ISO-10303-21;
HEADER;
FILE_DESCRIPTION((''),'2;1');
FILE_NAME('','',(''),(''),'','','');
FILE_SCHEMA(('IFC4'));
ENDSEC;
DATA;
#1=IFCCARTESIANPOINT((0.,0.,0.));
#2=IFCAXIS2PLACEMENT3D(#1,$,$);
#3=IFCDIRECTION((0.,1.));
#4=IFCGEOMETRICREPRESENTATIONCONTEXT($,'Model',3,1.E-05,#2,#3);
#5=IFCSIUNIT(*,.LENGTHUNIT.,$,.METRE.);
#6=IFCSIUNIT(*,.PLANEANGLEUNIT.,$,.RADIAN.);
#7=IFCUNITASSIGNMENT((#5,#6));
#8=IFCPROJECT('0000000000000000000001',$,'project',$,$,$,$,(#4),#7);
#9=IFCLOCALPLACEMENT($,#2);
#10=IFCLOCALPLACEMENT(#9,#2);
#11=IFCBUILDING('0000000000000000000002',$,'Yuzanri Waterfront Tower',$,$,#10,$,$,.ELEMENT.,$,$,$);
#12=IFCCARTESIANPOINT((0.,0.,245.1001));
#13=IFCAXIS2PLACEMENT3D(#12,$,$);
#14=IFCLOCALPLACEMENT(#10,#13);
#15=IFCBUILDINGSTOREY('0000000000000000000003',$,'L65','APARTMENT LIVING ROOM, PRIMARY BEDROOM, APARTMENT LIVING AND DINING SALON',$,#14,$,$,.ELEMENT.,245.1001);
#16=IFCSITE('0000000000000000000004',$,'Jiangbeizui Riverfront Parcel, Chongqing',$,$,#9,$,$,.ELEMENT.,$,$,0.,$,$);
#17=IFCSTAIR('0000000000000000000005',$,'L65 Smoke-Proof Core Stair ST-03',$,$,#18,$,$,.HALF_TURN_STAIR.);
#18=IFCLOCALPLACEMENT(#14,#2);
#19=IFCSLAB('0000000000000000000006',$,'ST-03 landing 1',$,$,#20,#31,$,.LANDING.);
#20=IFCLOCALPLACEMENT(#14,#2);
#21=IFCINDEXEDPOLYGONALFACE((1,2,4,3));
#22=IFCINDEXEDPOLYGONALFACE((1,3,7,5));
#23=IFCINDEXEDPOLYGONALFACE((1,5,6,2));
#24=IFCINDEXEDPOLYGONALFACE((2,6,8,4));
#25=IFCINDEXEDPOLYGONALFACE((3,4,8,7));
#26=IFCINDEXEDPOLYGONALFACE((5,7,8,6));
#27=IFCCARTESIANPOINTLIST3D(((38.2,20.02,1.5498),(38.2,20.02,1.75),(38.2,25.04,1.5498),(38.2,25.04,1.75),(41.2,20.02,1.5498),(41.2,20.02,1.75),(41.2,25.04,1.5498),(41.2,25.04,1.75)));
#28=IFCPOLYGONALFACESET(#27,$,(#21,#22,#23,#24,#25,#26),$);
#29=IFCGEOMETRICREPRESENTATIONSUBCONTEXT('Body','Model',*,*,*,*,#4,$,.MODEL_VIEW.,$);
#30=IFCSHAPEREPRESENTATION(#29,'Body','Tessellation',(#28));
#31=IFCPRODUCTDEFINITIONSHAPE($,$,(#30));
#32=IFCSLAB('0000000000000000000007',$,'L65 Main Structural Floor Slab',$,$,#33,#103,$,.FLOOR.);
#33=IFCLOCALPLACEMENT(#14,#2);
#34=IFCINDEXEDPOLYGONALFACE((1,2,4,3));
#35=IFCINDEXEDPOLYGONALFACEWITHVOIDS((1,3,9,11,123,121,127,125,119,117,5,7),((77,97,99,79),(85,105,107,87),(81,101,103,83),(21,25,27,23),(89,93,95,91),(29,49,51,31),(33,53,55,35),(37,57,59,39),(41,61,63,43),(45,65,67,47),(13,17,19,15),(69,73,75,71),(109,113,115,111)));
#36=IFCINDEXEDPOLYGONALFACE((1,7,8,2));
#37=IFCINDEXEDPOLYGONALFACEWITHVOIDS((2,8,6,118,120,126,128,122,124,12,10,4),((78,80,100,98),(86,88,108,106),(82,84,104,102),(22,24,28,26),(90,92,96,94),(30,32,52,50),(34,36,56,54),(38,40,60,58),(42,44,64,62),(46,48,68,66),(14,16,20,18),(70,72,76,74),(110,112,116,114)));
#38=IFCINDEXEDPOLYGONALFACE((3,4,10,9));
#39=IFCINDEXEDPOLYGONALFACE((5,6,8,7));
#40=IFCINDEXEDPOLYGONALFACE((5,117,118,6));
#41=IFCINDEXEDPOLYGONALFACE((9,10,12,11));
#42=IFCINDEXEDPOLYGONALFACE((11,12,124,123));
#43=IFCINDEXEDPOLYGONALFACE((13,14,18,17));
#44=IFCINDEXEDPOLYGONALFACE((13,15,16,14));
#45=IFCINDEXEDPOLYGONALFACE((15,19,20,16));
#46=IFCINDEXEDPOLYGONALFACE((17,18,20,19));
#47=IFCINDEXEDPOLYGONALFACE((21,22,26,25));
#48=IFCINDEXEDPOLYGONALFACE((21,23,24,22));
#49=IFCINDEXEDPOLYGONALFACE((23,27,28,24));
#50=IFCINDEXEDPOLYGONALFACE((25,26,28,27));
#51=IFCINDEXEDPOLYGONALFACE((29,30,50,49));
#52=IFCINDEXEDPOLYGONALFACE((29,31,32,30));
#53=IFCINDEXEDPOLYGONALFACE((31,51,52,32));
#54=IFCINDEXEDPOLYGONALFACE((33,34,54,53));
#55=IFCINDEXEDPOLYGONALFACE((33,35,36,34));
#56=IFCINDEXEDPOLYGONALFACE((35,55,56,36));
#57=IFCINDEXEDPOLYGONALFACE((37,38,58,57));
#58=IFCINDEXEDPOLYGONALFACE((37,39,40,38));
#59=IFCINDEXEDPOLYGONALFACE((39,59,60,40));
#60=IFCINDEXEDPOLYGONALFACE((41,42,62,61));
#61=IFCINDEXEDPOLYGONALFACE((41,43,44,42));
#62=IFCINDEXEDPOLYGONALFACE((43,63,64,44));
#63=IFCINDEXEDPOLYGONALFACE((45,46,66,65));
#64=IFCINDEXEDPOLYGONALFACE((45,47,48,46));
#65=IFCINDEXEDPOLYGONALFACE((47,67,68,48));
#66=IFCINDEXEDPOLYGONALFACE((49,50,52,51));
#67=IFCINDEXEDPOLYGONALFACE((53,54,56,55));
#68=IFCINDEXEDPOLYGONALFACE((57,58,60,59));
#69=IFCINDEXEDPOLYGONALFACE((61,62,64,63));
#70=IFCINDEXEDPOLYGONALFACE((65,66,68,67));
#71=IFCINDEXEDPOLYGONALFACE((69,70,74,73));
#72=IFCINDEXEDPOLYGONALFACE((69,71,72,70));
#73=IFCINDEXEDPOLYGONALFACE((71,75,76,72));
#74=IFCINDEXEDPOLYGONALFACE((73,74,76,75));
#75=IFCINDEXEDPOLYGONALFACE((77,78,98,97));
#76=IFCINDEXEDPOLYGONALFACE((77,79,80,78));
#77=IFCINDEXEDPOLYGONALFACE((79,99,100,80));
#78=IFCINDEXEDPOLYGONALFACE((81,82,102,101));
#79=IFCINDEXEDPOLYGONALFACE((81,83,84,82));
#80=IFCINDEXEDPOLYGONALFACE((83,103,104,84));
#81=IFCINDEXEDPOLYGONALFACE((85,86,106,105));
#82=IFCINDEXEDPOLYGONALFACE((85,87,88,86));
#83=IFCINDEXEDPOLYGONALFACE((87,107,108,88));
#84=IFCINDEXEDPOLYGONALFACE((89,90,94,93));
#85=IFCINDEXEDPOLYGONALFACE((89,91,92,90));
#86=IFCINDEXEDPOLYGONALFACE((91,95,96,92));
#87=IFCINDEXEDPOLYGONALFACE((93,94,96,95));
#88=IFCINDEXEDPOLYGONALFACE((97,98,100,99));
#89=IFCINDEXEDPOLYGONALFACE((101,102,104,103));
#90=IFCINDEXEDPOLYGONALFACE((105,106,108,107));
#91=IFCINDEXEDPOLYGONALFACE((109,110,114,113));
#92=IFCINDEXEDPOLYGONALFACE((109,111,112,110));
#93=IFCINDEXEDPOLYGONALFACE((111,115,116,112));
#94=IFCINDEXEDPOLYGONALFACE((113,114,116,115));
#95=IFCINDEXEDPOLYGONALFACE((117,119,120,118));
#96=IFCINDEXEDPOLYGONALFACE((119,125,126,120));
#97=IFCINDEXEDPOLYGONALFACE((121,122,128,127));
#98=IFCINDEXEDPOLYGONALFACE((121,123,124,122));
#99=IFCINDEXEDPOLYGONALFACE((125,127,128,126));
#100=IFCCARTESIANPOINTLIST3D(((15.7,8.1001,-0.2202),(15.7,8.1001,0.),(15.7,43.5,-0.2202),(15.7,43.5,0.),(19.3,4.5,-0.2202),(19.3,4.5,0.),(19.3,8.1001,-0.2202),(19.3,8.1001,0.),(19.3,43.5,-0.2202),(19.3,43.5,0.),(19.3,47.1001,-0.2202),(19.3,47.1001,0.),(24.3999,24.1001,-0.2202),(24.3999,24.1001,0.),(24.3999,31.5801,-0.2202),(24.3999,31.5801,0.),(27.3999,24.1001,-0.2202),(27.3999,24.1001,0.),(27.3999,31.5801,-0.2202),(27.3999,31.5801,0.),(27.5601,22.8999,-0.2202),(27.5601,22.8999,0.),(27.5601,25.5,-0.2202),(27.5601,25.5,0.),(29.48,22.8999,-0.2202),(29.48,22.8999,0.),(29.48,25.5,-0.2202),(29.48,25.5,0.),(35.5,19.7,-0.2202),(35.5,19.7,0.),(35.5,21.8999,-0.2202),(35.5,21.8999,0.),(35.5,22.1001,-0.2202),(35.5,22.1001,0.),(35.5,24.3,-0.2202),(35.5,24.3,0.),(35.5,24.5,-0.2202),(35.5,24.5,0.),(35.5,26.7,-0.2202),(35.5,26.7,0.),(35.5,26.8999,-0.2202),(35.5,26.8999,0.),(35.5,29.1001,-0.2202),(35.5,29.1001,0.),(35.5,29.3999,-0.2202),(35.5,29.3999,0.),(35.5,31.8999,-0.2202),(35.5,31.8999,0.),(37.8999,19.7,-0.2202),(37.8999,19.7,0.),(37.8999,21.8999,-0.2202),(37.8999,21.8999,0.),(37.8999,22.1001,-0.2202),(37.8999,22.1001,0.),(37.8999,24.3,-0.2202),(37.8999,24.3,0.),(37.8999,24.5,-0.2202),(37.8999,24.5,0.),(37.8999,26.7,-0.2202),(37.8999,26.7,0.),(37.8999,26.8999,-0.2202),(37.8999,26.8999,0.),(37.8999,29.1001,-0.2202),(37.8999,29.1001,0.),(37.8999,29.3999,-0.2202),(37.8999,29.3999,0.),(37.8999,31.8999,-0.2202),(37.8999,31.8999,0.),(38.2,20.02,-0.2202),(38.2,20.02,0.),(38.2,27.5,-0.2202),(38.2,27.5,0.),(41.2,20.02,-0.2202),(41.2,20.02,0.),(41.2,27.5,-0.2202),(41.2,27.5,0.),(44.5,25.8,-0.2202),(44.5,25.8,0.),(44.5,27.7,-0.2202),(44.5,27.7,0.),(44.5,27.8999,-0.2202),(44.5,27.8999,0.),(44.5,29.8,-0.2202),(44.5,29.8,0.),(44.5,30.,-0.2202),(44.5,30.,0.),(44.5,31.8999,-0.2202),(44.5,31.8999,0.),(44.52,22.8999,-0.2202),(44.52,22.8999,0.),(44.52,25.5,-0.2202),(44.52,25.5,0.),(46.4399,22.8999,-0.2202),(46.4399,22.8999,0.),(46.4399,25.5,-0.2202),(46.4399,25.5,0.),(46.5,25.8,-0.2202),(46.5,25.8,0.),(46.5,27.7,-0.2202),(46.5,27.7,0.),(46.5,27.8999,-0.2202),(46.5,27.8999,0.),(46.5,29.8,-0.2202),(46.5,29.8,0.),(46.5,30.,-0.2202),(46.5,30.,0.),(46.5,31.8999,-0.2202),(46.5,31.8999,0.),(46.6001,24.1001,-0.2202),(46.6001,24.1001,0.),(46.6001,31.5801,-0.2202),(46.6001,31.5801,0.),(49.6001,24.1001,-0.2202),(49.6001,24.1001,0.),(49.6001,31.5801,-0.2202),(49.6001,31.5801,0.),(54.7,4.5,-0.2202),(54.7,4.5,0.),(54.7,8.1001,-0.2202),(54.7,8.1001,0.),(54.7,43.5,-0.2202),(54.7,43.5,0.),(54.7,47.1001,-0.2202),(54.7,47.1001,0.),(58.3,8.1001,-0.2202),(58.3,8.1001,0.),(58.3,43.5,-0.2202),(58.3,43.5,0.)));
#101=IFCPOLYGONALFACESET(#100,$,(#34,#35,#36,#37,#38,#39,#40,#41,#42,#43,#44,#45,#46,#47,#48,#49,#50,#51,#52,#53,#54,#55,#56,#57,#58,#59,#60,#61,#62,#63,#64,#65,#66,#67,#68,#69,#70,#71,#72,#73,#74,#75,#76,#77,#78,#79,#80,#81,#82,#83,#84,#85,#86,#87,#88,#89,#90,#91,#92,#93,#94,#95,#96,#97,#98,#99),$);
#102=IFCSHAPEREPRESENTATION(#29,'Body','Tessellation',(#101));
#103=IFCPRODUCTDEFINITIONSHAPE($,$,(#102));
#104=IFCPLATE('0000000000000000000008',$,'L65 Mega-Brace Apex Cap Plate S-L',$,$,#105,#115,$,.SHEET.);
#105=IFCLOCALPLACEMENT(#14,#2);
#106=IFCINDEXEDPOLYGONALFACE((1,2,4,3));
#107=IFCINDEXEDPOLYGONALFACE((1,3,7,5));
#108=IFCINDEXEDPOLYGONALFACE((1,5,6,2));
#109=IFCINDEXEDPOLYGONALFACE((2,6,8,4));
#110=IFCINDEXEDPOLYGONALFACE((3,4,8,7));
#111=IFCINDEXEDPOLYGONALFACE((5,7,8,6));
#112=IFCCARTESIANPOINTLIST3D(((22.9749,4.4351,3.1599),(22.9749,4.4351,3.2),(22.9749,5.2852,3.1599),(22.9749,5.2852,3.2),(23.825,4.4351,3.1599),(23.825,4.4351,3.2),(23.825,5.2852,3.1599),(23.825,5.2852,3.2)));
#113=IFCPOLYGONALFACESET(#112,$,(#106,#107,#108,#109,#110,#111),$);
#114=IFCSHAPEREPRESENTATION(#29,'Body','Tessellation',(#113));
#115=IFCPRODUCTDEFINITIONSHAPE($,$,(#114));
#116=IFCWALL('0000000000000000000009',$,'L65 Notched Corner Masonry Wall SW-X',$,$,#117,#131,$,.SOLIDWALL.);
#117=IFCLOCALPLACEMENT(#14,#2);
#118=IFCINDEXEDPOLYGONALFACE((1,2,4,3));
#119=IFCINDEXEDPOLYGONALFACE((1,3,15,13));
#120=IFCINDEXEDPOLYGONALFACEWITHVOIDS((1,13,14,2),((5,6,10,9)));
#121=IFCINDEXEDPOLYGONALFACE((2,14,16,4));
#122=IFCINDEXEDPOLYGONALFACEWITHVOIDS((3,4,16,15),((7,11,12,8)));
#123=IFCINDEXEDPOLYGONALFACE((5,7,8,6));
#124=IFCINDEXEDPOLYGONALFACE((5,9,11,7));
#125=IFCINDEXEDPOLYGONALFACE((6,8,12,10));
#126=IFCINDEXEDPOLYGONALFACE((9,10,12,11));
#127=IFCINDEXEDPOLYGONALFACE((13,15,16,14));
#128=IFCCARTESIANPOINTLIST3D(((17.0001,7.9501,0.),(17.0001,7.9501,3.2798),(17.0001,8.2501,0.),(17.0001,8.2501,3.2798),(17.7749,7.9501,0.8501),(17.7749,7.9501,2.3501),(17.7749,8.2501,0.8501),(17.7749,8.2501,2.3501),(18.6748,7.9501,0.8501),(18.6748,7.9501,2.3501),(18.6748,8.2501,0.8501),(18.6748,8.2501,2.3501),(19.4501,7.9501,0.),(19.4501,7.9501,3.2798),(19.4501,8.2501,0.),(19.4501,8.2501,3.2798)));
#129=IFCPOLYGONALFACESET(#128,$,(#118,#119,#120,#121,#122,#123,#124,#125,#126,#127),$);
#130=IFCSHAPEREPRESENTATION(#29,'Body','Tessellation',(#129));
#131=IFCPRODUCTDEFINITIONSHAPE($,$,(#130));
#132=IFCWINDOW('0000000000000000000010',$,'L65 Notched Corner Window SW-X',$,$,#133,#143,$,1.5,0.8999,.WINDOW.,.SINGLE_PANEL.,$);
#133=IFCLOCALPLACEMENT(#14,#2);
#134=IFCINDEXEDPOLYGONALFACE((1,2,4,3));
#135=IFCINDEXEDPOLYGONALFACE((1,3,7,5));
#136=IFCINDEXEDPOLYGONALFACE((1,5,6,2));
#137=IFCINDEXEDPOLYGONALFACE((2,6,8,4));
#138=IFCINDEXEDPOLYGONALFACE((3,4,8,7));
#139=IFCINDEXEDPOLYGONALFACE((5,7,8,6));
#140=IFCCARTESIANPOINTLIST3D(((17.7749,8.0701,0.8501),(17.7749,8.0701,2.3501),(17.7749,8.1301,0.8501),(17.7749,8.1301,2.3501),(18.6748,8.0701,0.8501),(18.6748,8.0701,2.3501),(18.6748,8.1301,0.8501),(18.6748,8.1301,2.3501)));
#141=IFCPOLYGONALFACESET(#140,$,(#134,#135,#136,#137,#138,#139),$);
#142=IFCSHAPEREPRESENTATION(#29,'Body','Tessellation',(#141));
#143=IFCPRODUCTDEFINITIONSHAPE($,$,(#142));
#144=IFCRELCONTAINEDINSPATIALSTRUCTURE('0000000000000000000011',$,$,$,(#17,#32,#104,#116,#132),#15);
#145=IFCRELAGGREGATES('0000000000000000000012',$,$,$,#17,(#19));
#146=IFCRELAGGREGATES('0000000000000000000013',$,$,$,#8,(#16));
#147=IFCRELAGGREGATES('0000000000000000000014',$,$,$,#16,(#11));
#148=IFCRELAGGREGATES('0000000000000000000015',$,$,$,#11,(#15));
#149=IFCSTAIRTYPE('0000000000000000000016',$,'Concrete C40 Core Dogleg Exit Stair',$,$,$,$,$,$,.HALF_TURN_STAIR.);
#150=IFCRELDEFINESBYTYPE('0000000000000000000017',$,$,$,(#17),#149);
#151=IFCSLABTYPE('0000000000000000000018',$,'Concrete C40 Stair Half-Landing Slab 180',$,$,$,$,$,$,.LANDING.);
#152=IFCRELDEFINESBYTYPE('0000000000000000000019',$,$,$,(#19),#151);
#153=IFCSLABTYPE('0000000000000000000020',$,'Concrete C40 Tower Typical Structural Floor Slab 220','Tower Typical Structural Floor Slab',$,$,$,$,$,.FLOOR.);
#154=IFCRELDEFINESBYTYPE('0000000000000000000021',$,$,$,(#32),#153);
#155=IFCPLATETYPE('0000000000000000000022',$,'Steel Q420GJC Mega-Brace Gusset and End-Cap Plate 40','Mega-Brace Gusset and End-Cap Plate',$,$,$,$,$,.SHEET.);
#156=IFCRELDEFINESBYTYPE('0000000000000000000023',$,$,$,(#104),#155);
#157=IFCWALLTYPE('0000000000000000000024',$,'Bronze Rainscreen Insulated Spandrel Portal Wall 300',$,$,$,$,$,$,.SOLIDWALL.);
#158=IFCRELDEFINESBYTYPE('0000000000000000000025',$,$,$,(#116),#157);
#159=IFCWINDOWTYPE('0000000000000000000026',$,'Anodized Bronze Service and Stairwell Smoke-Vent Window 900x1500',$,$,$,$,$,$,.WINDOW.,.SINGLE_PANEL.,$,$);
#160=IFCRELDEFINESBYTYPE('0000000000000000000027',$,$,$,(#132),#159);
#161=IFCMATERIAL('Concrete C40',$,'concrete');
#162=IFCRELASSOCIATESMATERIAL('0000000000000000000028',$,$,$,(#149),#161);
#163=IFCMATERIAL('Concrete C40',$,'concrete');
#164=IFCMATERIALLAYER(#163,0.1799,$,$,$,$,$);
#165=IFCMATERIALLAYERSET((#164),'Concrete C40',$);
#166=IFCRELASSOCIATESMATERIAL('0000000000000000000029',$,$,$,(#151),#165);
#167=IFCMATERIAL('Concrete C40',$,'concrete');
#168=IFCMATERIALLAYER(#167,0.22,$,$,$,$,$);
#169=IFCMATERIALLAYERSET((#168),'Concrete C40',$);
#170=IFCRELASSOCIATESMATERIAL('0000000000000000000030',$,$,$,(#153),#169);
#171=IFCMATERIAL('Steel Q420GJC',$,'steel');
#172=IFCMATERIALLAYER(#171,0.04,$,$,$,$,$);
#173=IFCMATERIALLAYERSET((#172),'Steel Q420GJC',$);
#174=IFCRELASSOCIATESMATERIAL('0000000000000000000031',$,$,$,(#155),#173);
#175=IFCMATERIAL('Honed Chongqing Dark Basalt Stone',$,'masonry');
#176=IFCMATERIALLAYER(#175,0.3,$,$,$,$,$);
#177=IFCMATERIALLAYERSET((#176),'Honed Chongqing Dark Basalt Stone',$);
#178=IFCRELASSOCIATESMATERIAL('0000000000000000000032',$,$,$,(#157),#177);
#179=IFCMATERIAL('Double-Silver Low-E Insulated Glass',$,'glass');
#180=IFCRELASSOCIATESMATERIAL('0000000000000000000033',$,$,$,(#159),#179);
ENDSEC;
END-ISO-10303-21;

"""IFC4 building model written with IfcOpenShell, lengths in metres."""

from ifc_helpers import new_model, si_unit, direction, frame, frame_2d, origin, origin_2d, place, context, subcontext, project, spatial, polyline, rectangle, outline, extrude, source, transform, mapped, material, layer, layer_set, type_object, element, fill, aggregate, save


model = new_model("IFC4")

# Units and contexts
model_context = context("Model", 3, precision=1e-05, world=origin(), true_north=direction((0.0, 1.0)))
body_context = subcontext(model_context, "Body", "Model", "MODEL_VIEW")
ifc_project = project(units=[si_unit("LENGTHUNIT", "METRE"), si_unit("PLANEANGLEUNIT", "RADIAN")], contexts=[model_context])

# Site, building, storey
site_placement = place(None, origin())
site = spatial("IfcSite", under=ifc_project, at=site_placement, Name="Jiangbeizui Riverfront Parcel, Chongqing", CompositionType="ELEMENT", RefElevation=0.0)
building_placement = place(site_placement, origin())
building = spatial("IfcBuilding", under=site, at=building_placement, Name="Yuzanri Waterfront Tower", CompositionType="ELEMENT")
storey_placement = place(building_placement, frame((0.0, 0.0, 245.1001)))
storey = spatial("IfcBuildingStorey", under=building, at=storey_placement, Name="L65", Description="APARTMENT LIVING ROOM, PRIMARY BEDROOM, APARTMENT LIVING AND DINING SALON", CompositionType="ELEMENT", Elevation=245.1001)

# Stair, slab
ifc_material_1 = material(Name="Concrete C40", Category="concrete")
stair_type = type_object("IfcStairType", Name="Concrete C40 Core Dogleg Exit Stair", PredefinedType="HALF_TURN_STAIR", material=ifc_material_1)
ifc_material_2 = material(Name="Concrete C40", Category="concrete")
ifc_layer_1 = layer(ifc_material_2, 0.1799)
ifc_layer_set_1 = layer_set([ifc_layer_1], Name="Concrete C40")
slab_type_1 = type_object("IfcSlabType", Name="Concrete C40 Stair Half-Landing Slab 180", PredefinedType="LANDING", material=ifc_layer_set_1)
stair_1_placement = place(storey_placement, origin())
stair_1 = element("IfcStair", 1, at=stair_1_placement, inside=storey, type_object=stair_type, Name="L65 Smoke-Proof Core Stair ST-03", PredefinedType="HALF_TURN_STAIR")
slab_1_placement = place(storey_placement, frame((0.0, 0.0, 1.5498)))
slab_1 = element("IfcSlab", 2, at=slab_1_placement, type_object=slab_type_1, Name="ST-03 landing 1", PredefinedType="LANDING", context=body_context, shape_type="SweptSolid", body=[
    extrude(outline(polyline([(38.2, 25.04), (38.2, 20.02), (41.2, 20.02), (41.2, 25.04), (38.2, 25.04)])), origin(), (0.0, 0.0, 1.0), 0.2002),
])
aggregate(stair_1, [slab_1])

# Slab
ifc_material_3 = material(Name="Concrete C40", Category="concrete")
ifc_layer_2 = layer(ifc_material_3, 0.22)
ifc_layer_set_2 = layer_set([ifc_layer_2], Name="Concrete C40")
slab_type_2 = type_object("IfcSlabType", Name="Concrete C40 Tower Typical Structural Floor Slab 220", Description="Tower Typical Structural Floor Slab", PredefinedType="FLOOR", material=ifc_layer_set_2)
slab_2_placement = place(storey_placement, frame((0.0, 0.0, -0.2202)))
element("IfcSlab", 3, at=slab_2_placement, inside=storey, type_object=slab_type_2, Name="L65 Main Structural Floor Slab", PredefinedType="FLOOR", context=body_context, shape_type="SweptSolid", body=[
    extrude(outline(polyline([(19.3, 4.5), (54.7, 4.5), (54.7, 8.1001), (58.3, 8.1001), (58.3, 43.5), (54.7, 43.5), (54.7, 47.1001), (19.3, 47.1001), (19.3, 43.5), (15.7, 43.5), (15.7, 8.1001), (19.3, 8.1001), (19.3, 4.5)]), holes=[polyline([(27.3999, 24.1001), (27.3999, 31.5801), (24.3999, 31.5801), (24.3999, 24.1001), (27.3999, 24.1001)]), polyline([(49.6001, 24.1001), (49.6001, 31.5801), (46.6001, 31.5801), (46.6001, 24.1001), (49.6001, 24.1001)]), polyline([(38.2, 27.5), (38.2, 20.02), (41.2, 20.02), (41.2, 27.5), (38.2, 27.5)]), polyline([(27.5601, 22.8999), (29.48, 22.8999), (29.48, 25.5), (27.5601, 25.5), (27.5601, 22.8999)]), polyline([(44.52, 22.8999), (46.4399, 22.8999), (46.4399, 25.5), (44.52, 25.5), (44.52, 22.8999)]), polyline([(35.5, 19.7), (37.8999, 19.7), (37.8999, 21.8999), (35.5, 21.8999), (35.5, 19.7)]), polyline([(35.5, 22.1001), (37.8999, 22.1001), (37.8999, 24.3), (35.5, 24.3), (35.5, 22.1001)]), polyline([(35.5, 24.5), (37.8999, 24.5), (37.8999, 26.7), (35.5, 26.7), (35.5, 24.5)]), polyline([(35.5, 26.8999), (37.8999, 26.8999), (37.8999, 29.1001), (35.5, 29.1001), (35.5, 26.8999)]), polyline([(35.5, 29.3999), (37.8999, 29.3999), (37.8999, 31.8999), (35.5, 31.8999), (35.5, 29.3999)]), polyline([(44.5, 25.8), (46.5, 25.8), (46.5, 27.7), (44.5, 27.7), (44.5, 25.8)]), polyline([(44.5, 27.8999), (46.5, 27.8999), (46.5, 29.8), (44.5, 29.8), (44.5, 27.8999)]), polyline([(44.5, 30.0), (46.5, 30.0), (46.5, 31.8999), (44.5, 31.8999), (44.5, 30.0)])]), origin(), (0.0, 0.0, 1.0), 0.2202),
])

# Plate
ifc_material_4 = material(Name="Steel Q420GJC", Category="steel")
ifc_layer_3 = layer(ifc_material_4, 0.04)
ifc_layer_set_3 = layer_set([ifc_layer_3], Name="Steel Q420GJC")
plate_type = type_object("IfcPlateType", Name="Steel Q420GJC Mega-Brace Gusset and End-Cap Plate 40", Description="Mega-Brace Gusset and End-Cap Plate", PredefinedType="SHEET", material=ifc_layer_set_3)
shared_shape_1 = source(origin(), body_context, "Body", "SweptSolid", [
    extrude(rectangle(XDim=0.8501, YDim=0.8501, at=origin_2d()), origin(), (0.0, 0.0, 1.0), 0.04),
])
plate_placement = place(storey_placement, frame((23.3999, 4.8601, 3.1599), z_axis=(0.0, 0.0, 1.0), x_axis=(1.0, 0.0, 0.0)))
element("IfcPlate", 4, at=plate_placement, inside=storey, type_object=plate_type, Name="L65 Mega-Brace Apex Cap Plate S-L", PredefinedType="SHEET", context=body_context, shape_type="MappedRepresentation", body=[
    mapped(shared_shape_1, transform((0.0, 0.0, 0.0), scale=1.0)),
])

# Wall, opening, window
ifc_material_5 = material(Name="Honed Chongqing Dark Basalt Stone", Category="masonry")
ifc_layer_4 = layer(ifc_material_5, 0.3)
ifc_layer_set_4 = layer_set([ifc_layer_4], Name="Honed Chongqing Dark Basalt Stone")
wall_type_1 = type_object("IfcWallType", Name="Bronze Rainscreen Insulated Spandrel Portal Wall 300", PredefinedType="SOLIDWALL", material=ifc_layer_set_4)
wall_1_placement = place(storey_placement, frame((17.0, 8.1001, 0.0), z_axis=(0.0, 0.0, 1.0), x_axis=(1.0, 0.0, 0.0)))
wall_1 = element("IfcWall", 5, at=wall_1_placement, inside=storey, type_object=wall_type_1, Name="L65 Notched Corner Masonry Wall SW-X", PredefinedType="SOLIDWALL", context=body_context, shape_type="SweptSolid", body=[
    extrude(rectangle(XDim=2.45, YDim=0.3, at=frame_2d((1.2251, 0.0))), origin(), (0.0, 0.0, 1.0), 3.2798),
])
opening_1_placement = place(wall_1_placement, frame((0.7749, 0.0, 0.8501)))
opening_1 = element("IfcOpeningElement", 6, at=opening_1_placement, cuts=wall_1, PredefinedType="OPENING", context=body_context, shape_type="SweptSolid", body=[
    extrude(rectangle(XDim=0.8999, YDim=1.5, at=frame_2d((0.45, 0.75))), frame((0.0, 0.165, 0.0), z_axis=(0.0, -1.0, 0.0), x_axis=(1.0, 0.0, 0.0)), (0.0, 0.0, 1.0), 0.3298),
])
ifc_material_6 = material(Name="Double-Silver Low-E Insulated Glass", Category="glass")
window_type_1 = type_object("IfcWindowType", Name="Anodized Bronze Service and Stairwell Smoke-Vent Window 900x1500", PartitioningType="SINGLE_PANEL", PredefinedType="WINDOW", material=ifc_material_6)
shared_shape_2 = source(origin(), body_context, "Body", "SweptSolid", [
    extrude(rectangle(XDim=0.8999, YDim=1.5, at=frame_2d((0.45, 0.75))), frame((0.0, 0.03, 0.0), z_axis=(0.0, -1.0, 0.0), x_axis=(1.0, 0.0, 0.0)), (0.0, 0.0, 1.0), 0.0601),
])
window_1_placement = place(opening_1_placement, origin())
window_1 = element("IfcWindow", 7, at=window_1_placement, inside=storey, type_object=window_type_1, Name="L65 Notched Corner Window SW-X", OverallHeight=1.5, OverallWidth=0.8999, PartitioningType="SINGLE_PANEL", PredefinedType="WINDOW", context=body_context, shape_type="MappedRepresentation", body=[
    mapped(shared_shape_2, transform((0.0, 0.0, 0.0), scale=1.0)),
])
fill(opening_1, window_1)

save(model, "model.ifc")
